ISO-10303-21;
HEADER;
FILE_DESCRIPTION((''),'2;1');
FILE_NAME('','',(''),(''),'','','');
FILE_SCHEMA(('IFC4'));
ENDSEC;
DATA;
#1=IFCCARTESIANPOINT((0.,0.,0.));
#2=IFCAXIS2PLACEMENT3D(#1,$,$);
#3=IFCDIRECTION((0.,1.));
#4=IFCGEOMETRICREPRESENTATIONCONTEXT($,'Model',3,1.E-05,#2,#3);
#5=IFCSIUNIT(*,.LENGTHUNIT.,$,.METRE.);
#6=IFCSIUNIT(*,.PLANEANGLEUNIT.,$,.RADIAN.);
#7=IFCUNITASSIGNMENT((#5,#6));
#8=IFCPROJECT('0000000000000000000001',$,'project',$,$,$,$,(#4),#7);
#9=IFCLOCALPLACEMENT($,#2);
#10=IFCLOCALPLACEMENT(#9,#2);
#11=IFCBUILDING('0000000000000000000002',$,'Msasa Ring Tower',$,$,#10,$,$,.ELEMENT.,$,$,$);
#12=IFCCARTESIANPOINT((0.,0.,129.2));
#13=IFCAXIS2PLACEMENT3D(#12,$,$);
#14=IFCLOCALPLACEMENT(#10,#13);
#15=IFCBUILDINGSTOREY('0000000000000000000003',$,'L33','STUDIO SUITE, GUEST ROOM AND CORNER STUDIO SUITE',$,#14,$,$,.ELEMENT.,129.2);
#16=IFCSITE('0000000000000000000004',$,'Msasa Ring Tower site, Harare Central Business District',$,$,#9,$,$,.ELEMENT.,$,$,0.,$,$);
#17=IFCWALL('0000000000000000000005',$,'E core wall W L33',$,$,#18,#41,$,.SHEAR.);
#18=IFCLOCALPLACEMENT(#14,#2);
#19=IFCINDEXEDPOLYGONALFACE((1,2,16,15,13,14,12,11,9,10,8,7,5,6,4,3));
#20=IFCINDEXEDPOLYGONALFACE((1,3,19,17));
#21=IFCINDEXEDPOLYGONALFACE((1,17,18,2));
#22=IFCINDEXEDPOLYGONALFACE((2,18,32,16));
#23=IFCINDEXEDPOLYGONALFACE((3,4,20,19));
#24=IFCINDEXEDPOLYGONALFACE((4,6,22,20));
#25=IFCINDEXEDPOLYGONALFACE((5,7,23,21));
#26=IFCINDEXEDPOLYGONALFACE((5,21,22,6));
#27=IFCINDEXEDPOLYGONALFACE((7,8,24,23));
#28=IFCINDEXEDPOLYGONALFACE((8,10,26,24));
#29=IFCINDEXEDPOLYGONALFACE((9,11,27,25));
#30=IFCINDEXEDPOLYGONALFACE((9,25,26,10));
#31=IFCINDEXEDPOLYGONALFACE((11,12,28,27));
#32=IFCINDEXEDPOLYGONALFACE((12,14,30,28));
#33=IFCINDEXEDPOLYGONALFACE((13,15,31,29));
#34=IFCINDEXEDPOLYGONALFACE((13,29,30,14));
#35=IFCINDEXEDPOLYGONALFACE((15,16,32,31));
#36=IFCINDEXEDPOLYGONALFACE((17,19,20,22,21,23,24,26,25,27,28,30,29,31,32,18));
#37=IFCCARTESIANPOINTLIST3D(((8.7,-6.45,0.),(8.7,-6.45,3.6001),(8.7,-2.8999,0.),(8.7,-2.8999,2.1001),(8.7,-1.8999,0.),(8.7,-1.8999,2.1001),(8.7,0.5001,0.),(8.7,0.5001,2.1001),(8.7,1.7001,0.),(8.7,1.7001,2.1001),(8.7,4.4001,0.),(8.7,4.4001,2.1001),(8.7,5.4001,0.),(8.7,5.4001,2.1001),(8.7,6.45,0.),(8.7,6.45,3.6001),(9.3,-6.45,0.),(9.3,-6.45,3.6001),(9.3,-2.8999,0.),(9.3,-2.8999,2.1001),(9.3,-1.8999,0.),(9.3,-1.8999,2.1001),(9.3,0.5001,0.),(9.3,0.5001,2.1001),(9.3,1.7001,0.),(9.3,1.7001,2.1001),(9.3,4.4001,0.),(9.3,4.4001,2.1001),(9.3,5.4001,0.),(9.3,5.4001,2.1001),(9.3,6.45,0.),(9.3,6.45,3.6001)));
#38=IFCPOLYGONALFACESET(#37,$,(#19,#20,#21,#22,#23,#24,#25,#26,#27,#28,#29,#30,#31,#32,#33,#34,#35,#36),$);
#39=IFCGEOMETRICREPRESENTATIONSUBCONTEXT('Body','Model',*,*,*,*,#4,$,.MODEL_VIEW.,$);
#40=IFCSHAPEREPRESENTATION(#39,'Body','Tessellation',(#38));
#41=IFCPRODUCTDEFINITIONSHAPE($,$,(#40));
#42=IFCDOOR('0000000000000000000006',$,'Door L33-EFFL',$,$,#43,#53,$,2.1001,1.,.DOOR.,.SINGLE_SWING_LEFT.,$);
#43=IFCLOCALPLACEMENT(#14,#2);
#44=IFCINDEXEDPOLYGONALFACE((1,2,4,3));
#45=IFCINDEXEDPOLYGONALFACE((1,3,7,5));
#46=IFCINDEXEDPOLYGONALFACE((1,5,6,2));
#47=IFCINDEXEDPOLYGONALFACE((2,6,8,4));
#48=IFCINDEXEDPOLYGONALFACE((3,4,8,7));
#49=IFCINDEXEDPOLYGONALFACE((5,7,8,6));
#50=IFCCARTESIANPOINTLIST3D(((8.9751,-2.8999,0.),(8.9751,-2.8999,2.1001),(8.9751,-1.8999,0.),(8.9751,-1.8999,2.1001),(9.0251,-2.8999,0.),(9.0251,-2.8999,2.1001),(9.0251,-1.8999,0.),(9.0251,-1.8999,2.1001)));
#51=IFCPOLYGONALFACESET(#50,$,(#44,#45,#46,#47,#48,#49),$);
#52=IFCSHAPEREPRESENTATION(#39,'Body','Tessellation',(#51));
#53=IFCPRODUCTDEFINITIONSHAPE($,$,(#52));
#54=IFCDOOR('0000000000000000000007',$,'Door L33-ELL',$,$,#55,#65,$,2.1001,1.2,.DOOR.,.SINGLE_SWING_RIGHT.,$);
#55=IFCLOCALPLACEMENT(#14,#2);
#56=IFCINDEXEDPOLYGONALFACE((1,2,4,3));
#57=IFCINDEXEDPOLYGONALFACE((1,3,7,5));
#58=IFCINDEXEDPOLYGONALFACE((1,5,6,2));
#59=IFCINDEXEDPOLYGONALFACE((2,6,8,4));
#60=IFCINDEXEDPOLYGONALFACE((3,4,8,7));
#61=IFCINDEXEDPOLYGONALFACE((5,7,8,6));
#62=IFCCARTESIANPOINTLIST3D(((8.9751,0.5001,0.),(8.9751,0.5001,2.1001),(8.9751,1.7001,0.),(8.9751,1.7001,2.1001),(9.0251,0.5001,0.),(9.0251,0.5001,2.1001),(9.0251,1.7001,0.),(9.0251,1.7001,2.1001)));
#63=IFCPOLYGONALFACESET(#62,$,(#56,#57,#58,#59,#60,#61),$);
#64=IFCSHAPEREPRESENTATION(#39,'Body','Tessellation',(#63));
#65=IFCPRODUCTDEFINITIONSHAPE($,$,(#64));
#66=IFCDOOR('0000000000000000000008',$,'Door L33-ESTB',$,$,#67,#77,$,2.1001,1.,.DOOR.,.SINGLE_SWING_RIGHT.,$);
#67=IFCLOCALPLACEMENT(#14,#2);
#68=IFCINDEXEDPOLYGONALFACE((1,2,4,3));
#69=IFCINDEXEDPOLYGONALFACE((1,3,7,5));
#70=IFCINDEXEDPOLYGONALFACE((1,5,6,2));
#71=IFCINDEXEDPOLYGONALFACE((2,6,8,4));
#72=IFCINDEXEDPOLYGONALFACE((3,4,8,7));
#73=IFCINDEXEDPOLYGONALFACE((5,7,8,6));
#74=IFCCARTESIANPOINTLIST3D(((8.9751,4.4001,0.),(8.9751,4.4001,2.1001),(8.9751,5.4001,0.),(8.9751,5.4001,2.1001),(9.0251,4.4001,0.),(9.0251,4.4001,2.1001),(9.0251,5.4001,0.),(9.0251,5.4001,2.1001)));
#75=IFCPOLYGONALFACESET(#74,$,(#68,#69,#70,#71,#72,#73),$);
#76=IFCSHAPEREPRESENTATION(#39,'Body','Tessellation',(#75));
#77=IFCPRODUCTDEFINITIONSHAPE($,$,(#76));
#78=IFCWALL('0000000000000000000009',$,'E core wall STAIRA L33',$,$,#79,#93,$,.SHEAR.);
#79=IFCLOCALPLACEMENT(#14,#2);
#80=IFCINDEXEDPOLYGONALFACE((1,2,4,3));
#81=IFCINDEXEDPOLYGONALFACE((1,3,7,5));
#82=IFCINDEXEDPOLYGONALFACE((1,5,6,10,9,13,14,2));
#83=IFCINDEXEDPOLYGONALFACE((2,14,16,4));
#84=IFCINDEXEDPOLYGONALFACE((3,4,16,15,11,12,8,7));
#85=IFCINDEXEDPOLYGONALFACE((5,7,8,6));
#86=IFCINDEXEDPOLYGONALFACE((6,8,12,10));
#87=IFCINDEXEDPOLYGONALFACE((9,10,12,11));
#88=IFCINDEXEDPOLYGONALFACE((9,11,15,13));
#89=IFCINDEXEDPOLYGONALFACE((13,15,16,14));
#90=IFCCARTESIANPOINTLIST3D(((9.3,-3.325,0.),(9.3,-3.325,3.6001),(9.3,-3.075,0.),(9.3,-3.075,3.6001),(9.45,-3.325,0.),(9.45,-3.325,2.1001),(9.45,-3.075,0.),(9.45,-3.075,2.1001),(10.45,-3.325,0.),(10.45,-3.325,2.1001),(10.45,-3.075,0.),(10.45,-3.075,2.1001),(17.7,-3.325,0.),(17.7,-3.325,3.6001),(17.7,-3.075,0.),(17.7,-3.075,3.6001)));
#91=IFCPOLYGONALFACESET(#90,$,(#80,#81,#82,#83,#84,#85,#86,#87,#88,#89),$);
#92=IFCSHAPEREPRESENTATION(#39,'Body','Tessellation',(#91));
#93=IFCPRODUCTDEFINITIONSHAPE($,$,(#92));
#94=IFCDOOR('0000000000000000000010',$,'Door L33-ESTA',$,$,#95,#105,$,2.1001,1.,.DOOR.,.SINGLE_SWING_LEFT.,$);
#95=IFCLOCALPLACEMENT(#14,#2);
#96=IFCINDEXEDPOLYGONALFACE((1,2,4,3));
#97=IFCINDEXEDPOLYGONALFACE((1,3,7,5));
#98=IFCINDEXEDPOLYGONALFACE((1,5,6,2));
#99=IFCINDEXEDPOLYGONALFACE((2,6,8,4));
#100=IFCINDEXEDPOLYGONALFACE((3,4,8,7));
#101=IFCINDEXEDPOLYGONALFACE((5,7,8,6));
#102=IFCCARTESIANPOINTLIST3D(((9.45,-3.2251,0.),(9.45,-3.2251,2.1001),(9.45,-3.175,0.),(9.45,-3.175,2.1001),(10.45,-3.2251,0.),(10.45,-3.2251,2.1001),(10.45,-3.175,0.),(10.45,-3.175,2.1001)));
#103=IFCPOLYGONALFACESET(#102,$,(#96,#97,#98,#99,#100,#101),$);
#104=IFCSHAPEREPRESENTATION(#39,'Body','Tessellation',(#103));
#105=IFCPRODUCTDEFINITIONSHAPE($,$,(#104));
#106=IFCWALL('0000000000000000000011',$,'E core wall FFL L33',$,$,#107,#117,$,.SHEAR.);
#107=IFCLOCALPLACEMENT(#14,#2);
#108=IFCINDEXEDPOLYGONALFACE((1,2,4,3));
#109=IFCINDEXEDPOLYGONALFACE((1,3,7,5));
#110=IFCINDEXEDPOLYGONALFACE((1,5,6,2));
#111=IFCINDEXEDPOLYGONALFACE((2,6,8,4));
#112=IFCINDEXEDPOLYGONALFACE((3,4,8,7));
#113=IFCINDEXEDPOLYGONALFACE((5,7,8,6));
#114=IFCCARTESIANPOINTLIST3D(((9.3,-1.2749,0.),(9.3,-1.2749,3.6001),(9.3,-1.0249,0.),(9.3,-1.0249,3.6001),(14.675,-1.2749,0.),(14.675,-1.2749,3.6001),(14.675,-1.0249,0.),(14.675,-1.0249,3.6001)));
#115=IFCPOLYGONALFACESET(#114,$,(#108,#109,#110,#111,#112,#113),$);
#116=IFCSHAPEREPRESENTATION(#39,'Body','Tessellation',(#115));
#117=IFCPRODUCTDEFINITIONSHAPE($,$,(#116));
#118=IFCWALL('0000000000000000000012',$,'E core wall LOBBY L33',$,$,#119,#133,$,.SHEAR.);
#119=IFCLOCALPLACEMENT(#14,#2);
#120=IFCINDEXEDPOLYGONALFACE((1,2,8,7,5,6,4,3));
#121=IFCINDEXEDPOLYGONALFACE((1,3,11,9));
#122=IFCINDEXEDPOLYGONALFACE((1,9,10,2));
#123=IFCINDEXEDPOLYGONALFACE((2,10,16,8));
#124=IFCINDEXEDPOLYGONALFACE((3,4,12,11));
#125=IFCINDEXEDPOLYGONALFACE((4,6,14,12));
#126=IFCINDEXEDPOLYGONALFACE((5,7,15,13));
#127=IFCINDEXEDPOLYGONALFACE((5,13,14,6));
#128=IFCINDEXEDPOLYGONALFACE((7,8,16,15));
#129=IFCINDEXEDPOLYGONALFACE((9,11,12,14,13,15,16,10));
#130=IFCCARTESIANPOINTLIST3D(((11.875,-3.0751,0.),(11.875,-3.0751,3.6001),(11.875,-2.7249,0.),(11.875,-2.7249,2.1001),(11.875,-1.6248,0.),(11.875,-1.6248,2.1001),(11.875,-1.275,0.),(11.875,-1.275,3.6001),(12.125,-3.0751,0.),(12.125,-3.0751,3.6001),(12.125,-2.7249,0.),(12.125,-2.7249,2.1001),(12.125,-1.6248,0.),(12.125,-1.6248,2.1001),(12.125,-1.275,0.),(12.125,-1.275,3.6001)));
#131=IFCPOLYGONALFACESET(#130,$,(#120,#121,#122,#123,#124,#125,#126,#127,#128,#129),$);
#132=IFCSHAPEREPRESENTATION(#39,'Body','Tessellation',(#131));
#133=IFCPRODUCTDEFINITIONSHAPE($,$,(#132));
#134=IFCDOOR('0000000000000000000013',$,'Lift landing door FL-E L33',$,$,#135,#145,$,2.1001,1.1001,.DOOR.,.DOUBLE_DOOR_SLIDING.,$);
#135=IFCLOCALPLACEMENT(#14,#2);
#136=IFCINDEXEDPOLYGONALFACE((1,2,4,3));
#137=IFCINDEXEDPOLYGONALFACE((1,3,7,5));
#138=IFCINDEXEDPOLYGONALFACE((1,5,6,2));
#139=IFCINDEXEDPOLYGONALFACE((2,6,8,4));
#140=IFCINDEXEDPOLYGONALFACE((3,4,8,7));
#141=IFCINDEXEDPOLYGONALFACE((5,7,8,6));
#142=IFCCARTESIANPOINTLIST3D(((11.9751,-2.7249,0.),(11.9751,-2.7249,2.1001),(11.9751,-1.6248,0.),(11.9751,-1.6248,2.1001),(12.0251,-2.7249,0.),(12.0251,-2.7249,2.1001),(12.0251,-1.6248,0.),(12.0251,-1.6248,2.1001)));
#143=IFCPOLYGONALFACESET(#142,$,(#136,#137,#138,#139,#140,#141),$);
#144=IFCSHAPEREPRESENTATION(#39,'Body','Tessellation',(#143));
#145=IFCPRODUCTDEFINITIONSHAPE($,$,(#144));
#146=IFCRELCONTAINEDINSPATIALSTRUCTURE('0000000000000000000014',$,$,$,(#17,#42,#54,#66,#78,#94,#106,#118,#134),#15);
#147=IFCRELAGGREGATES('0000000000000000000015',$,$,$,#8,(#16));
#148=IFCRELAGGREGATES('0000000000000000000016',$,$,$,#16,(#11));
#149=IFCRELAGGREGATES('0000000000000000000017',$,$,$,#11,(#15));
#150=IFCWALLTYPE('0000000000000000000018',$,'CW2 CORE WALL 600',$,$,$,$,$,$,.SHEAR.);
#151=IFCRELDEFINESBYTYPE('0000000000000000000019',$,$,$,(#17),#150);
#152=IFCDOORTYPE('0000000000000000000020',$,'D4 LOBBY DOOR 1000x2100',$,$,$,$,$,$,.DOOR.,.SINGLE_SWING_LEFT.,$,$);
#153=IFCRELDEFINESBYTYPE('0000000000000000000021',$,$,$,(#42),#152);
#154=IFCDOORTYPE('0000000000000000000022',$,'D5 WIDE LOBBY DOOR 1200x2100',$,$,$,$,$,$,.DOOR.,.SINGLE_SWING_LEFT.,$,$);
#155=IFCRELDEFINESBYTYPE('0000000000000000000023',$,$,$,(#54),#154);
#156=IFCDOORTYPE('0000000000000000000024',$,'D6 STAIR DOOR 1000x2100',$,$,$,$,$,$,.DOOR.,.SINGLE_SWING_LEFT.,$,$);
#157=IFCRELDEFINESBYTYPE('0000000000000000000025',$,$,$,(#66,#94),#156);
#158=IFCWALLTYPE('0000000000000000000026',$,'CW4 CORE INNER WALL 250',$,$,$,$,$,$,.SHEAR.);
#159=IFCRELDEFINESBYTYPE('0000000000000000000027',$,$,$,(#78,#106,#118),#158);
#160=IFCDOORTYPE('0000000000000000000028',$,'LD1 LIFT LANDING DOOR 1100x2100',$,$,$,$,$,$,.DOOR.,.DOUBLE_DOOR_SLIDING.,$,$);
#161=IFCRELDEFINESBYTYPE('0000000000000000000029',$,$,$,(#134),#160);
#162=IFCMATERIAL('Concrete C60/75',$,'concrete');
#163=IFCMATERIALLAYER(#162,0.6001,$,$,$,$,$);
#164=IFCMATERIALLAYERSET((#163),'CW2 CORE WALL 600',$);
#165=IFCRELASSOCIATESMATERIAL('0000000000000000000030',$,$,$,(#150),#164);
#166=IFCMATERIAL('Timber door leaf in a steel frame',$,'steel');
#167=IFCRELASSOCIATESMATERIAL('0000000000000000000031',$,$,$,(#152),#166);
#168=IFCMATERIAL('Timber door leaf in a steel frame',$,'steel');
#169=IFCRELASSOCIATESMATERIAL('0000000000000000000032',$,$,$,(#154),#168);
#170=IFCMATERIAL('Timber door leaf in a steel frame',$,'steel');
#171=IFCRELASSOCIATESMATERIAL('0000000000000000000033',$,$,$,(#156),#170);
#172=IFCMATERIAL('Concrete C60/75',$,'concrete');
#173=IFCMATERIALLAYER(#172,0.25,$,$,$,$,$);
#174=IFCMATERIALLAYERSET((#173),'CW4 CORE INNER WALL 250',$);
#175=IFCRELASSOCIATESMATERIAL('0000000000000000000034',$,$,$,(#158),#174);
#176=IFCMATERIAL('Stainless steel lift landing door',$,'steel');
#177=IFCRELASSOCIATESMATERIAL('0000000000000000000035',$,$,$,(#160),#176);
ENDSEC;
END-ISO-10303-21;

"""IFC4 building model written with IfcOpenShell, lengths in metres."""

from ifc_helpers import new_model, si_unit, direction, frame, frame_2d, origin, place, context, subcontext, project, spatial, rectangle, extrude, material, layer, layer_set, type_object, element, fill, save


model = new_model("IFC4")

# Units and contexts
model_context = context("Model", 3, precision=1e-05, world=origin(), true_north=direction((0.0, 1.0)))
body_context = subcontext(model_context, "Body", "Model", "MODEL_VIEW")
ifc_project = project(units=[si_unit("LENGTHUNIT", "METRE"), si_unit("PLANEANGLEUNIT", "RADIAN")], contexts=[model_context])

# Site, building, storey
site_placement = place(None, origin())
site = spatial("IfcSite", under=ifc_project, at=site_placement, Name="Msasa Ring Tower site, Harare Central Business District", CompositionType="ELEMENT", RefElevation=0.0)
building_placement = place(site_placement, origin())
building = spatial("IfcBuilding", under=site, at=building_placement, Name="Msasa Ring Tower", CompositionType="ELEMENT")
storey_placement = place(building_placement, frame((0.0, 0.0, 129.2)))
storey = spatial("IfcBuildingStorey", under=building, at=storey_placement, Name="L33", Description="STUDIO SUITE, GUEST ROOM AND CORNER STUDIO SUITE", CompositionType="ELEMENT", Elevation=129.2)

# Shared definitions
ifc_material_1 = material(Name="Concrete C60/75", Category="concrete")
ifc_layer_1 = layer(ifc_material_1, 0.6001)
ifc_layer_set_1 = layer_set([ifc_layer_1], Name="CW2 CORE WALL 600")
wall_type_1 = type_object("IfcWallType", Name="CW2 CORE WALL 600", PredefinedType="SHEAR", material=ifc_layer_set_1)

# Wall, openings, doors
wall_1_placement = place(storey_placement, frame((9.0, -6.45, 0.0), z_axis=(0.0, 0.0, 1.0), x_axis=(0.0, 1.0, 0.0)))
wall_1 = element("IfcWall", 1, at=wall_1_placement, inside=storey, type_object=wall_type_1, Name="E core wall W L33", PredefinedType="SHEAR", context=body_context, shape_type="SweptSolid", body=[
    extrude(rectangle(XDim=12.8999, YDim=0.6001, at=frame_2d((6.45, 0.0))), origin(), (0.0, 0.0, 1.0), 3.6001),
])
opening_1_placement = place(wall_1_placement, frame((3.55, 0.0, 0.0)))
opening_1 = element("IfcOpeningElement", 2, at=opening_1_placement, cuts=wall_1, PredefinedType="OPENING", context=body_context, shape_type="SweptSolid", body=[
    extrude(rectangle(XDim=1.0, YDim=2.1001, at=frame_2d((0.5, 1.05))), frame((0.0, 0.3101, 0.0), z_axis=(0.0, -1.0, 0.0), x_axis=(1.0, 0.0, 0.0)), (0.0, 0.0, 1.0), 0.6201),
])
opening_2_placement = place(wall_1_placement, frame((6.95, 0.0, 0.0)))
opening_2 = element("IfcOpeningElement", 3, at=opening_2_placement, cuts=wall_1, PredefinedType="OPENING", context=body_context, shape_type="SweptSolid", body=[
    extrude(rectangle(XDim=1.2, YDim=2.1001, at=frame_2d((0.6001, 1.05))), frame((0.0, 0.3101, 0.0), z_axis=(0.0, -1.0, 0.0), x_axis=(1.0, 0.0, 0.0)), (0.0, 0.0, 1.0), 0.6201),
])
opening_3_placement = place(wall_1_placement, frame((10.8501, 0.0, 0.0)))
opening_3 = element("IfcOpeningElement", 4, at=opening_3_placement, cuts=wall_1, PredefinedType="OPENING", context=body_context, shape_type="SweptSolid", body=[
    extrude(rectangle(XDim=1.0, YDim=2.1001, at=frame_2d((0.5, 1.05))), frame((0.0, 0.3101, 0.0), z_axis=(0.0, -1.0, 0.0), x_axis=(1.0, 0.0, 0.0)), (0.0, 0.0, 1.0), 0.6201),
])
ifc_material_2 = material(Name="Timber door leaf in a steel frame", Category="steel")
door_type_1 = type_object("IfcDoorType", Name="D4 LOBBY DOOR 1000x2100", OperationType="SINGLE_SWING_LEFT", PredefinedType="DOOR", material=ifc_material_2)
door_1_placement = place(opening_1_placement, origin())
door_1 = element("IfcDoor", 5, at=door_1_placement, inside=storey, type_object=door_type_1, Name="Door L33-EFFL", OperationType="SINGLE_SWING_LEFT", OverallHeight=2.1001, OverallWidth=1.0, PredefinedType="DOOR", context=body_context, shape_type="SweptSolid", body=[
    extrude(rectangle(XDim=1.0, YDim=2.1001, at=frame_2d((0.5, 1.05))), frame((0.0, 0.0249, 0.0), z_axis=(0.0, -1.0, 0.0), x_axis=(1.0, 0.0, 0.0)), (0.0, 0.0, 1.0), 0.05),
])
fill(opening_1, door_1)
ifc_material_3 = material(Name="Timber door leaf in a steel frame", Category="steel")
door_type_2 = type_object("IfcDoorType", Name="D5 WIDE LOBBY DOOR 1200x2100", OperationType="SINGLE_SWING_LEFT", PredefinedType="DOOR", material=ifc_material_3)
door_2_placement = place(opening_2_placement, origin())
door_2 = element("IfcDoor", 6, at=door_2_placement, inside=storey, type_object=door_type_2, Name="Door L33-ELL", OperationType="SINGLE_SWING_RIGHT", OverallHeight=2.1001, OverallWidth=1.2, PredefinedType="DOOR", context=body_context, shape_type="SweptSolid", body=[
    extrude(rectangle(XDim=1.2, YDim=2.1001, at=frame_2d((0.6001, 1.05))), frame((0.0, 0.0249, 0.0), z_axis=(0.0, -1.0, 0.0), x_axis=(1.0, 0.0, 0.0)), (0.0, 0.0, 1.0), 0.05),
])
fill(opening_2, door_2)
ifc_material_4 = material(Name="Timber door leaf in a steel frame", Category="steel")
door_type_3 = type_object("IfcDoorType", Name="D6 STAIR DOOR 1000x2100", OperationType="SINGLE_SWING_LEFT", PredefinedType="DOOR", material=ifc_material_4)
door_3_placement = place(opening_3_placement, origin())
door_3 = element("IfcDoor", 7, at=door_3_placement, inside=storey, type_object=door_type_3, Name="Door L33-ESTB", OperationType="SINGLE_SWING_RIGHT", OverallHeight=2.1001, OverallWidth=1.0, PredefinedType="DOOR", context=body_context, shape_type="SweptSolid", body=[
    extrude(rectangle(XDim=1.0, YDim=2.1001, at=frame_2d((0.5, 1.05))), frame((0.0, 0.0249, 0.0), z_axis=(0.0, -1.0, 0.0), x_axis=(1.0, 0.0, 0.0)), (0.0, 0.0, 1.0), 0.05),
])
fill(opening_3, door_3)

# Wall, opening, door
ifc_material_5 = material(Name="Concrete C60/75", Category="concrete")
ifc_layer_2 = layer(ifc_material_5, 0.25)
ifc_layer_set_2 = layer_set([ifc_layer_2], Name="CW4 CORE INNER WALL 250")
wall_type_2 = type_object("IfcWallType", Name="CW4 CORE INNER WALL 250", PredefinedType="SHEAR", material=ifc_layer_set_2)
wall_2_placement = place(storey_placement, frame((9.3, -3.2, 0.0), z_axis=(0.0, 0.0, 1.0), x_axis=(1.0, 0.0, 0.0)))
wall_2 = element("IfcWall", 8, at=wall_2_placement, inside=storey, type_object=wall_type_2, Name="E core wall STAIRA L33", PredefinedType="SHEAR", context=body_context, shape_type="SweptSolid", body=[
    extrude(rectangle(XDim=8.3999, YDim=0.25, at=frame_2d((4.2, 0.0))), origin(), (0.0, 0.0, 1.0), 3.6001),
])
opening_4_placement = place(wall_2_placement, frame((0.1499, 0.0, 0.0)))
opening_4 = element("IfcOpeningElement", 9, at=opening_4_placement, cuts=wall_2, PredefinedType="OPENING", context=body_context, shape_type="SweptSolid", body=[
    extrude(rectangle(XDim=1.0, YDim=2.1001, at=frame_2d((0.5, 1.05))), frame((0.0, 0.135, 0.0), z_axis=(0.0, -1.0, 0.0), x_axis=(1.0, 0.0, 0.0)), (0.0, 0.0, 1.0), 0.27),
])
door_4_placement = place(opening_4_placement, origin())
door_4 = element("IfcDoor", 10, at=door_4_placement, inside=storey, type_object=door_type_3, Name="Door L33-ESTA", OperationType="SINGLE_SWING_LEFT", OverallHeight=2.1001, OverallWidth=1.0, PredefinedType="DOOR", context=body_context, shape_type="SweptSolid", body=[
    extrude(rectangle(XDim=1.0, YDim=2.1001, at=frame_2d((0.5, 1.05))), frame((0.0, 0.0249, 0.0), z_axis=(0.0, -1.0, 0.0), x_axis=(1.0, 0.0, 0.0)), (0.0, 0.0, 1.0), 0.05),
])
fill(opening_4, door_4)

# Wall
wall_3_placement = place(storey_placement, frame((9.3, -1.1499, 0.0), z_axis=(0.0, 0.0, 1.0), x_axis=(1.0, 0.0, 0.0)))
element("IfcWall", 11, at=wall_3_placement, inside=storey, type_object=wall_type_2, Name="E core wall FFL L33", PredefinedType="SHEAR", context=body_context, shape_type="SweptSolid", body=[
    extrude(rectangle(XDim=5.375, YDim=0.25, at=frame_2d((2.6875, 0.0))), origin(), (0.0, 0.0, 1.0), 3.6001),
])

# Wall, opening, door
wall_4_placement = place(storey_placement, frame((12.0, -3.075, 0.0), z_axis=(0.0, 0.0, 1.0), x_axis=(0.0, 1.0, 0.0)))
wall_4 = element("IfcWall", 12, at=wall_4_placement, inside=storey, type_object=wall_type_2, Name="E core wall LOBBY L33", PredefinedType="SHEAR", context=body_context, shape_type="SweptSolid", body=[
    extrude(rectangle(XDim=1.8, YDim=0.25, at=frame_2d((0.8999, 0.0))), origin(), (0.0, 0.0, 1.0), 3.6001),
])
opening_5_placement = place(wall_4_placement, frame((0.3501, 0.0, 0.0)))
opening_5 = element("IfcOpeningElement", 13, at=opening_5_placement, cuts=wall_4, PredefinedType="OPENING", context=body_context, shape_type="SweptSolid", body=[
    extrude(rectangle(XDim=1.1001, YDim=2.1001, at=frame_2d((0.55, 1.05))), frame((0.0, 0.135, 0.0), z_axis=(0.0, -1.0, 0.0), x_axis=(1.0, 0.0, 0.0)), (0.0, 0.0, 1.0), 0.27),
])
ifc_material_6 = material(Name="Stainless steel lift landing door", Category="steel")
door_type_4 = type_object("IfcDoorType", Name="LD1 LIFT LANDING DOOR 1100x2100", OperationType="DOUBLE_DOOR_SLIDING", PredefinedType="DOOR", material=ifc_material_6)
door_5_placement = place(opening_5_placement, origin())
door_5 = element("IfcDoor", 14, at=door_5_placement, inside=storey, type_object=door_type_4, Name="Lift landing door FL-E L33", OperationType="DOUBLE_DOOR_SLIDING", OverallHeight=2.1001, OverallWidth=1.1001, PredefinedType="DOOR", context=body_context, shape_type="SweptSolid", body=[
    extrude(rectangle(XDim=1.1001, YDim=2.1001, at=frame_2d((0.55, 1.05))), frame((0.0, 0.0249, 0.0), z_axis=(0.0, -1.0, 0.0), x_axis=(1.0, 0.0, 0.0)), (0.0, 0.0, 1.0), 0.05),
])
fill(opening_5, door_5)

save(model, "model.ifc")
